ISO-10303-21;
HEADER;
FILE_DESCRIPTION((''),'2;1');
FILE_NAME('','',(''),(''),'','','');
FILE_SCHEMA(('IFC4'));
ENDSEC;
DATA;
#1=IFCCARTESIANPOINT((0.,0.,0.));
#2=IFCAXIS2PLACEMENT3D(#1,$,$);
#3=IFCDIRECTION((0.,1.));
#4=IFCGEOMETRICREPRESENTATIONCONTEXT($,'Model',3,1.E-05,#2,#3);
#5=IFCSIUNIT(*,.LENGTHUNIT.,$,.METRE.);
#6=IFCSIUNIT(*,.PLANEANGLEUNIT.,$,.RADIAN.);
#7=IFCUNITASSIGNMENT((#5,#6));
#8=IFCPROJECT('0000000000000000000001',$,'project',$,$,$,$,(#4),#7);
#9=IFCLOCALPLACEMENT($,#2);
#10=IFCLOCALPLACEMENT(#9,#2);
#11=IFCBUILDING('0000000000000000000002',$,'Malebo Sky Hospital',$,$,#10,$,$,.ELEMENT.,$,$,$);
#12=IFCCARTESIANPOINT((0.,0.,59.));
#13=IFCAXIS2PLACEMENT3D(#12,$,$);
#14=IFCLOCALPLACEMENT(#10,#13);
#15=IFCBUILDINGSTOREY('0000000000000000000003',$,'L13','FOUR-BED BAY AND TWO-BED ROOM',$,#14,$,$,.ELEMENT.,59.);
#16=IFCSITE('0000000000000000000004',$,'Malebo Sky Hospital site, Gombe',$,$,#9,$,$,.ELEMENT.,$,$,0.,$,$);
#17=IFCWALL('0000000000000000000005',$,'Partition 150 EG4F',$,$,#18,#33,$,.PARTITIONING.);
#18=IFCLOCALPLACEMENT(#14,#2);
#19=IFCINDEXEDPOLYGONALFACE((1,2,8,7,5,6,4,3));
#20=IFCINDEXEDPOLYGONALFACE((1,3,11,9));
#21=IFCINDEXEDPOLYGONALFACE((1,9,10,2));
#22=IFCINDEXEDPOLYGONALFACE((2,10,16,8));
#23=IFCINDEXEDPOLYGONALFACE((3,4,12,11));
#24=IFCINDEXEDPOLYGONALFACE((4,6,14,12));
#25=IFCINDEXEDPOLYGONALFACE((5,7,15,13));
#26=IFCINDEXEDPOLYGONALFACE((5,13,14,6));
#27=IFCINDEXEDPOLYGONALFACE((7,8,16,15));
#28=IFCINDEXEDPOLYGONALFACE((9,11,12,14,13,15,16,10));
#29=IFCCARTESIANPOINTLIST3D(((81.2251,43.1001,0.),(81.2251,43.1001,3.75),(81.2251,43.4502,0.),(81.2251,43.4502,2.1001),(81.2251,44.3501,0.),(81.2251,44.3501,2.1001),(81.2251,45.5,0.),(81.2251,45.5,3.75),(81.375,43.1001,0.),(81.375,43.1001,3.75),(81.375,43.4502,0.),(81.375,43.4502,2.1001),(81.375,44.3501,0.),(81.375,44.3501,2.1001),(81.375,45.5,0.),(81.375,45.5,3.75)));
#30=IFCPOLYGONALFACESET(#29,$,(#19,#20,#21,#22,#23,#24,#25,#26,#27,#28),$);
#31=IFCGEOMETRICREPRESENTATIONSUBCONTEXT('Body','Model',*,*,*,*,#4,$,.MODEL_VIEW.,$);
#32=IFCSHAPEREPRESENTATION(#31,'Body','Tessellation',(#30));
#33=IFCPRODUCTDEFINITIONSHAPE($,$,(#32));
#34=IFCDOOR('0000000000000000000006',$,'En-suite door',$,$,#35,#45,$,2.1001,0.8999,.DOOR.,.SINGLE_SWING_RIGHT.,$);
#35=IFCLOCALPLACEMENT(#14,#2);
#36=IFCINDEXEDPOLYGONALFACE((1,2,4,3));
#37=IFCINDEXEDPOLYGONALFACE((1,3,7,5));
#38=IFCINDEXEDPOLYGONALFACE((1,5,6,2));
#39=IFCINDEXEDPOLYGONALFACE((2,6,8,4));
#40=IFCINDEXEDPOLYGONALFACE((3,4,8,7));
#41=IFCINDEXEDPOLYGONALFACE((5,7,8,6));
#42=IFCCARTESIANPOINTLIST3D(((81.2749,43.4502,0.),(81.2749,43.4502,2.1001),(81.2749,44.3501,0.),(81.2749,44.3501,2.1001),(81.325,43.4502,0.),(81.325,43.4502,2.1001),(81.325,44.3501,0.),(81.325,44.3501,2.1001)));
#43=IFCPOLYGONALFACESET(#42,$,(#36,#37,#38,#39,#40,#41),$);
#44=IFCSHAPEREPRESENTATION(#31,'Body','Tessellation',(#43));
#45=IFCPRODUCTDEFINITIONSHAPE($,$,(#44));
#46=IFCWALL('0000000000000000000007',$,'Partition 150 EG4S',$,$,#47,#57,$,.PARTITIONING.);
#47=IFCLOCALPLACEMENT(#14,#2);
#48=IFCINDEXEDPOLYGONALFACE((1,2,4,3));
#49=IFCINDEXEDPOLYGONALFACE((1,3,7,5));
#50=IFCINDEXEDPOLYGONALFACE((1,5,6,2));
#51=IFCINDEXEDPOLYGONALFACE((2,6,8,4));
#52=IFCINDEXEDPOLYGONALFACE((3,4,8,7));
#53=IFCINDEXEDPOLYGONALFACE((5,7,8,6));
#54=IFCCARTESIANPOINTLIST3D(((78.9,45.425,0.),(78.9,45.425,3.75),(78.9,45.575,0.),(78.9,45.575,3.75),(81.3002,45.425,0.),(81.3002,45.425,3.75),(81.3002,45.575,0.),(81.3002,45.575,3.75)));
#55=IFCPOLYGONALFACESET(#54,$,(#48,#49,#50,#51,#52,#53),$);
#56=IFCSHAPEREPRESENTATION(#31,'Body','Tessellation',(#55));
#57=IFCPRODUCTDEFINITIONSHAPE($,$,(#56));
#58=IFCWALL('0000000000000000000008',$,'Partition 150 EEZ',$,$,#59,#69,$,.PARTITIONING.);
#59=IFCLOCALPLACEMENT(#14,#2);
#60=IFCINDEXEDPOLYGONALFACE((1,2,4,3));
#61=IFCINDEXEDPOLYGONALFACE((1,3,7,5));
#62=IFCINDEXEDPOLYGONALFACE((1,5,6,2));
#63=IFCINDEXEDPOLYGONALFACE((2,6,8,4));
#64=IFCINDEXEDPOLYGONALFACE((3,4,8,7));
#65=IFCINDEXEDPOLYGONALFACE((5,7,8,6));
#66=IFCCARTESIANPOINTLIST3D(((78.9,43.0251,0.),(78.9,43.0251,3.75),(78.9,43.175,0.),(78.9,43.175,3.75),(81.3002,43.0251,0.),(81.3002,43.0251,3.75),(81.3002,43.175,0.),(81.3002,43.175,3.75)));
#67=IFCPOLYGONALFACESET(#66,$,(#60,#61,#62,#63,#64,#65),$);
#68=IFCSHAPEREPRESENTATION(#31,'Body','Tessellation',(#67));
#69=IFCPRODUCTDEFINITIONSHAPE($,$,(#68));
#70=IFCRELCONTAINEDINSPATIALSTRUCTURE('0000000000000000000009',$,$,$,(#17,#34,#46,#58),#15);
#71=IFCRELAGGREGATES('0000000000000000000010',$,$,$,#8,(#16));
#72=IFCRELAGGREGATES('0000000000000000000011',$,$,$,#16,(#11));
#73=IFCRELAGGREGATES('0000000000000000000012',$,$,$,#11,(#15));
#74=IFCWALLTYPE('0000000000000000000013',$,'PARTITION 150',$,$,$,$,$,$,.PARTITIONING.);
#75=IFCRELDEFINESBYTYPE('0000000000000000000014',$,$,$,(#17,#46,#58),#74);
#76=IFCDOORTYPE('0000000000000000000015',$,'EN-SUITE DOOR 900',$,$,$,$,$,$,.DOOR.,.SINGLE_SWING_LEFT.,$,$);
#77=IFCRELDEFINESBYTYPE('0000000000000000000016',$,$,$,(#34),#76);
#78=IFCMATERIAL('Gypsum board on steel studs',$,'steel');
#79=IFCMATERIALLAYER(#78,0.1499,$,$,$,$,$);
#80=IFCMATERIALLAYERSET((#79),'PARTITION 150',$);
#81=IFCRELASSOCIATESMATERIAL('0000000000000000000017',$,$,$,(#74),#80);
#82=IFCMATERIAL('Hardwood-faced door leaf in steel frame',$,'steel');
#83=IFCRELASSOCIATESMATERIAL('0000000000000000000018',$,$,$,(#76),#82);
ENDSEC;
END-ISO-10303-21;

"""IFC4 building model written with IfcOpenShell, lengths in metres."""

from ifc_helpers import new_model, si_unit, direction, frame, frame_2d, origin, place, context, subcontext, project, spatial, rectangle, extrude, material, layer, layer_set, type_object, element, fill, save


model = new_model("IFC4")

# Units and contexts
model_context = context("Model", 3, precision=1e-05, world=origin(), true_north=direction((0.0, 1.0)))
body_context = subcontext(model_context, "Body", "Model", "MODEL_VIEW")
ifc_project = project(units=[si_unit("LENGTHUNIT", "METRE"), si_unit("PLANEANGLEUNIT", "RADIAN")], contexts=[model_context])

# Site, building, storey
site_placement = place(None, origin())
site = spatial("IfcSite", under=ifc_project, at=site_placement, Name="Malebo Sky Hospital site, Gombe", CompositionType="ELEMENT", RefElevation=0.0)
building_placement = place(site_placement, origin())
building = spatial("IfcBuilding", under=site, at=building_placement, Name="Malebo Sky Hospital", CompositionType="ELEMENT")
storey_placement = place(building_placement, frame((0.0, 0.0, 59.0)))
storey = spatial("IfcBuildingStorey", under=building, at=storey_placement, Name="L13", Description="FOUR-BED BAY AND TWO-BED ROOM", CompositionType="ELEMENT", Elevation=59.0)

# Shared definitions
ifc_material_1 = material(Name="Gypsum board on steel studs", Category="steel")
ifc_material_2 = material(Name="Hardwood-faced door leaf in steel frame", Category="steel")

# Shared definitions
ifc_layer_1 = layer(ifc_material_1, 0.1499)
ifc_layer_set_1 = layer_set([ifc_layer_1], Name="PARTITION 150")
wall_type_1 = type_object("IfcWallType", Name="PARTITION 150", PredefinedType="PARTITIONING", material=ifc_layer_set_1)

# Shared definitions
door_type_1 = type_object("IfcDoorType", Name="EN-SUITE DOOR 900", OperationType="SINGLE_SWING_LEFT", PredefinedType="DOOR", material=ifc_material_2)

# Wall, opening, door
wall_1_placement = place(storey_placement, frame((81.3, 45.5, 0.0), z_axis=(0.0, 0.0, 1.0), x_axis=(0.0, -1.0, 0.0)))
wall_1 = element("IfcWall", 1, at=wall_1_placement, inside=storey, type_object=wall_type_1, Name="Partition 150 EG4F", PredefinedType="PARTITIONING", context=body_context, shape_type="SweptSolid", body=[
    extrude(rectangle(XDim=2.3999, YDim=0.1499, at=frame_2d((1.2, 0.0))), origin(), (0.0, 0.0, 1.0), 3.75),
])
opening_1_placement = place(wall_1_placement, frame((1.1499, 0.0, 0.0)))
opening_1 = element("IfcOpeningElement", 2, at=opening_1_placement, cuts=wall_1, PredefinedType="OPENING", context=body_context, shape_type="SweptSolid", body=[
    extrude(rectangle(XDim=0.8999, YDim=2.1001, at=frame_2d((0.45, 1.05))), frame((0.0, 0.085, 0.0), z_axis=(0.0, -1.0, 0.0), x_axis=(1.0, 0.0, 0.0)), (0.0, 0.0, 1.0), 0.1699),
])
door_1_placement = place(opening_1_placement, origin())
door_1 = element("IfcDoor", 3, at=door_1_placement, inside=storey, type_object=door_type_1, Name="En-suite door", OperationType="SINGLE_SWING_RIGHT", OverallHeight=2.1001, OverallWidth=0.8999, PredefinedType="DOOR", context=body_context, shape_type="SweptSolid", body=[
    extrude(rectangle(XDim=0.8999, YDim=2.1001, at=frame_2d((0.45, 1.05))), frame((0.0, 0.0249, 0.0), z_axis=(0.0, -1.0, 0.0), x_axis=(1.0, 0.0, 0.0)), (0.0, 0.0, 1.0), 0.05),
])
fill(opening_1, door_1)

# Walls
for number, where, z_axis, x_axis, name in (
    (4, (78.8999, 45.5, 0.0), (0.0, 0.0, 1.0), (1.0, 0.0, 0.0), "Partition 150 EG4S"),
    (5, (78.8999, 43.1001, 0.0), (0.0, 0.0, 1.0), (1.0, 0.0, 0.0), "Partition 150 EEZ"),
):
    element("IfcWall", number, at=place(storey_placement, frame(where, z_axis=z_axis, x_axis=x_axis)), inside=storey, type_object=wall_type_1, Name=name, PredefinedType="PARTITIONING", context=body_context, shape_type="SweptSolid", body=[
        extrude(rectangle(XDim=2.4001, YDim=0.1499, at=frame_2d((1.2002, 0.0))), origin(), (0.0, 0.0, 1.0), 3.75),
    ])

save(model, "model.ifc")
